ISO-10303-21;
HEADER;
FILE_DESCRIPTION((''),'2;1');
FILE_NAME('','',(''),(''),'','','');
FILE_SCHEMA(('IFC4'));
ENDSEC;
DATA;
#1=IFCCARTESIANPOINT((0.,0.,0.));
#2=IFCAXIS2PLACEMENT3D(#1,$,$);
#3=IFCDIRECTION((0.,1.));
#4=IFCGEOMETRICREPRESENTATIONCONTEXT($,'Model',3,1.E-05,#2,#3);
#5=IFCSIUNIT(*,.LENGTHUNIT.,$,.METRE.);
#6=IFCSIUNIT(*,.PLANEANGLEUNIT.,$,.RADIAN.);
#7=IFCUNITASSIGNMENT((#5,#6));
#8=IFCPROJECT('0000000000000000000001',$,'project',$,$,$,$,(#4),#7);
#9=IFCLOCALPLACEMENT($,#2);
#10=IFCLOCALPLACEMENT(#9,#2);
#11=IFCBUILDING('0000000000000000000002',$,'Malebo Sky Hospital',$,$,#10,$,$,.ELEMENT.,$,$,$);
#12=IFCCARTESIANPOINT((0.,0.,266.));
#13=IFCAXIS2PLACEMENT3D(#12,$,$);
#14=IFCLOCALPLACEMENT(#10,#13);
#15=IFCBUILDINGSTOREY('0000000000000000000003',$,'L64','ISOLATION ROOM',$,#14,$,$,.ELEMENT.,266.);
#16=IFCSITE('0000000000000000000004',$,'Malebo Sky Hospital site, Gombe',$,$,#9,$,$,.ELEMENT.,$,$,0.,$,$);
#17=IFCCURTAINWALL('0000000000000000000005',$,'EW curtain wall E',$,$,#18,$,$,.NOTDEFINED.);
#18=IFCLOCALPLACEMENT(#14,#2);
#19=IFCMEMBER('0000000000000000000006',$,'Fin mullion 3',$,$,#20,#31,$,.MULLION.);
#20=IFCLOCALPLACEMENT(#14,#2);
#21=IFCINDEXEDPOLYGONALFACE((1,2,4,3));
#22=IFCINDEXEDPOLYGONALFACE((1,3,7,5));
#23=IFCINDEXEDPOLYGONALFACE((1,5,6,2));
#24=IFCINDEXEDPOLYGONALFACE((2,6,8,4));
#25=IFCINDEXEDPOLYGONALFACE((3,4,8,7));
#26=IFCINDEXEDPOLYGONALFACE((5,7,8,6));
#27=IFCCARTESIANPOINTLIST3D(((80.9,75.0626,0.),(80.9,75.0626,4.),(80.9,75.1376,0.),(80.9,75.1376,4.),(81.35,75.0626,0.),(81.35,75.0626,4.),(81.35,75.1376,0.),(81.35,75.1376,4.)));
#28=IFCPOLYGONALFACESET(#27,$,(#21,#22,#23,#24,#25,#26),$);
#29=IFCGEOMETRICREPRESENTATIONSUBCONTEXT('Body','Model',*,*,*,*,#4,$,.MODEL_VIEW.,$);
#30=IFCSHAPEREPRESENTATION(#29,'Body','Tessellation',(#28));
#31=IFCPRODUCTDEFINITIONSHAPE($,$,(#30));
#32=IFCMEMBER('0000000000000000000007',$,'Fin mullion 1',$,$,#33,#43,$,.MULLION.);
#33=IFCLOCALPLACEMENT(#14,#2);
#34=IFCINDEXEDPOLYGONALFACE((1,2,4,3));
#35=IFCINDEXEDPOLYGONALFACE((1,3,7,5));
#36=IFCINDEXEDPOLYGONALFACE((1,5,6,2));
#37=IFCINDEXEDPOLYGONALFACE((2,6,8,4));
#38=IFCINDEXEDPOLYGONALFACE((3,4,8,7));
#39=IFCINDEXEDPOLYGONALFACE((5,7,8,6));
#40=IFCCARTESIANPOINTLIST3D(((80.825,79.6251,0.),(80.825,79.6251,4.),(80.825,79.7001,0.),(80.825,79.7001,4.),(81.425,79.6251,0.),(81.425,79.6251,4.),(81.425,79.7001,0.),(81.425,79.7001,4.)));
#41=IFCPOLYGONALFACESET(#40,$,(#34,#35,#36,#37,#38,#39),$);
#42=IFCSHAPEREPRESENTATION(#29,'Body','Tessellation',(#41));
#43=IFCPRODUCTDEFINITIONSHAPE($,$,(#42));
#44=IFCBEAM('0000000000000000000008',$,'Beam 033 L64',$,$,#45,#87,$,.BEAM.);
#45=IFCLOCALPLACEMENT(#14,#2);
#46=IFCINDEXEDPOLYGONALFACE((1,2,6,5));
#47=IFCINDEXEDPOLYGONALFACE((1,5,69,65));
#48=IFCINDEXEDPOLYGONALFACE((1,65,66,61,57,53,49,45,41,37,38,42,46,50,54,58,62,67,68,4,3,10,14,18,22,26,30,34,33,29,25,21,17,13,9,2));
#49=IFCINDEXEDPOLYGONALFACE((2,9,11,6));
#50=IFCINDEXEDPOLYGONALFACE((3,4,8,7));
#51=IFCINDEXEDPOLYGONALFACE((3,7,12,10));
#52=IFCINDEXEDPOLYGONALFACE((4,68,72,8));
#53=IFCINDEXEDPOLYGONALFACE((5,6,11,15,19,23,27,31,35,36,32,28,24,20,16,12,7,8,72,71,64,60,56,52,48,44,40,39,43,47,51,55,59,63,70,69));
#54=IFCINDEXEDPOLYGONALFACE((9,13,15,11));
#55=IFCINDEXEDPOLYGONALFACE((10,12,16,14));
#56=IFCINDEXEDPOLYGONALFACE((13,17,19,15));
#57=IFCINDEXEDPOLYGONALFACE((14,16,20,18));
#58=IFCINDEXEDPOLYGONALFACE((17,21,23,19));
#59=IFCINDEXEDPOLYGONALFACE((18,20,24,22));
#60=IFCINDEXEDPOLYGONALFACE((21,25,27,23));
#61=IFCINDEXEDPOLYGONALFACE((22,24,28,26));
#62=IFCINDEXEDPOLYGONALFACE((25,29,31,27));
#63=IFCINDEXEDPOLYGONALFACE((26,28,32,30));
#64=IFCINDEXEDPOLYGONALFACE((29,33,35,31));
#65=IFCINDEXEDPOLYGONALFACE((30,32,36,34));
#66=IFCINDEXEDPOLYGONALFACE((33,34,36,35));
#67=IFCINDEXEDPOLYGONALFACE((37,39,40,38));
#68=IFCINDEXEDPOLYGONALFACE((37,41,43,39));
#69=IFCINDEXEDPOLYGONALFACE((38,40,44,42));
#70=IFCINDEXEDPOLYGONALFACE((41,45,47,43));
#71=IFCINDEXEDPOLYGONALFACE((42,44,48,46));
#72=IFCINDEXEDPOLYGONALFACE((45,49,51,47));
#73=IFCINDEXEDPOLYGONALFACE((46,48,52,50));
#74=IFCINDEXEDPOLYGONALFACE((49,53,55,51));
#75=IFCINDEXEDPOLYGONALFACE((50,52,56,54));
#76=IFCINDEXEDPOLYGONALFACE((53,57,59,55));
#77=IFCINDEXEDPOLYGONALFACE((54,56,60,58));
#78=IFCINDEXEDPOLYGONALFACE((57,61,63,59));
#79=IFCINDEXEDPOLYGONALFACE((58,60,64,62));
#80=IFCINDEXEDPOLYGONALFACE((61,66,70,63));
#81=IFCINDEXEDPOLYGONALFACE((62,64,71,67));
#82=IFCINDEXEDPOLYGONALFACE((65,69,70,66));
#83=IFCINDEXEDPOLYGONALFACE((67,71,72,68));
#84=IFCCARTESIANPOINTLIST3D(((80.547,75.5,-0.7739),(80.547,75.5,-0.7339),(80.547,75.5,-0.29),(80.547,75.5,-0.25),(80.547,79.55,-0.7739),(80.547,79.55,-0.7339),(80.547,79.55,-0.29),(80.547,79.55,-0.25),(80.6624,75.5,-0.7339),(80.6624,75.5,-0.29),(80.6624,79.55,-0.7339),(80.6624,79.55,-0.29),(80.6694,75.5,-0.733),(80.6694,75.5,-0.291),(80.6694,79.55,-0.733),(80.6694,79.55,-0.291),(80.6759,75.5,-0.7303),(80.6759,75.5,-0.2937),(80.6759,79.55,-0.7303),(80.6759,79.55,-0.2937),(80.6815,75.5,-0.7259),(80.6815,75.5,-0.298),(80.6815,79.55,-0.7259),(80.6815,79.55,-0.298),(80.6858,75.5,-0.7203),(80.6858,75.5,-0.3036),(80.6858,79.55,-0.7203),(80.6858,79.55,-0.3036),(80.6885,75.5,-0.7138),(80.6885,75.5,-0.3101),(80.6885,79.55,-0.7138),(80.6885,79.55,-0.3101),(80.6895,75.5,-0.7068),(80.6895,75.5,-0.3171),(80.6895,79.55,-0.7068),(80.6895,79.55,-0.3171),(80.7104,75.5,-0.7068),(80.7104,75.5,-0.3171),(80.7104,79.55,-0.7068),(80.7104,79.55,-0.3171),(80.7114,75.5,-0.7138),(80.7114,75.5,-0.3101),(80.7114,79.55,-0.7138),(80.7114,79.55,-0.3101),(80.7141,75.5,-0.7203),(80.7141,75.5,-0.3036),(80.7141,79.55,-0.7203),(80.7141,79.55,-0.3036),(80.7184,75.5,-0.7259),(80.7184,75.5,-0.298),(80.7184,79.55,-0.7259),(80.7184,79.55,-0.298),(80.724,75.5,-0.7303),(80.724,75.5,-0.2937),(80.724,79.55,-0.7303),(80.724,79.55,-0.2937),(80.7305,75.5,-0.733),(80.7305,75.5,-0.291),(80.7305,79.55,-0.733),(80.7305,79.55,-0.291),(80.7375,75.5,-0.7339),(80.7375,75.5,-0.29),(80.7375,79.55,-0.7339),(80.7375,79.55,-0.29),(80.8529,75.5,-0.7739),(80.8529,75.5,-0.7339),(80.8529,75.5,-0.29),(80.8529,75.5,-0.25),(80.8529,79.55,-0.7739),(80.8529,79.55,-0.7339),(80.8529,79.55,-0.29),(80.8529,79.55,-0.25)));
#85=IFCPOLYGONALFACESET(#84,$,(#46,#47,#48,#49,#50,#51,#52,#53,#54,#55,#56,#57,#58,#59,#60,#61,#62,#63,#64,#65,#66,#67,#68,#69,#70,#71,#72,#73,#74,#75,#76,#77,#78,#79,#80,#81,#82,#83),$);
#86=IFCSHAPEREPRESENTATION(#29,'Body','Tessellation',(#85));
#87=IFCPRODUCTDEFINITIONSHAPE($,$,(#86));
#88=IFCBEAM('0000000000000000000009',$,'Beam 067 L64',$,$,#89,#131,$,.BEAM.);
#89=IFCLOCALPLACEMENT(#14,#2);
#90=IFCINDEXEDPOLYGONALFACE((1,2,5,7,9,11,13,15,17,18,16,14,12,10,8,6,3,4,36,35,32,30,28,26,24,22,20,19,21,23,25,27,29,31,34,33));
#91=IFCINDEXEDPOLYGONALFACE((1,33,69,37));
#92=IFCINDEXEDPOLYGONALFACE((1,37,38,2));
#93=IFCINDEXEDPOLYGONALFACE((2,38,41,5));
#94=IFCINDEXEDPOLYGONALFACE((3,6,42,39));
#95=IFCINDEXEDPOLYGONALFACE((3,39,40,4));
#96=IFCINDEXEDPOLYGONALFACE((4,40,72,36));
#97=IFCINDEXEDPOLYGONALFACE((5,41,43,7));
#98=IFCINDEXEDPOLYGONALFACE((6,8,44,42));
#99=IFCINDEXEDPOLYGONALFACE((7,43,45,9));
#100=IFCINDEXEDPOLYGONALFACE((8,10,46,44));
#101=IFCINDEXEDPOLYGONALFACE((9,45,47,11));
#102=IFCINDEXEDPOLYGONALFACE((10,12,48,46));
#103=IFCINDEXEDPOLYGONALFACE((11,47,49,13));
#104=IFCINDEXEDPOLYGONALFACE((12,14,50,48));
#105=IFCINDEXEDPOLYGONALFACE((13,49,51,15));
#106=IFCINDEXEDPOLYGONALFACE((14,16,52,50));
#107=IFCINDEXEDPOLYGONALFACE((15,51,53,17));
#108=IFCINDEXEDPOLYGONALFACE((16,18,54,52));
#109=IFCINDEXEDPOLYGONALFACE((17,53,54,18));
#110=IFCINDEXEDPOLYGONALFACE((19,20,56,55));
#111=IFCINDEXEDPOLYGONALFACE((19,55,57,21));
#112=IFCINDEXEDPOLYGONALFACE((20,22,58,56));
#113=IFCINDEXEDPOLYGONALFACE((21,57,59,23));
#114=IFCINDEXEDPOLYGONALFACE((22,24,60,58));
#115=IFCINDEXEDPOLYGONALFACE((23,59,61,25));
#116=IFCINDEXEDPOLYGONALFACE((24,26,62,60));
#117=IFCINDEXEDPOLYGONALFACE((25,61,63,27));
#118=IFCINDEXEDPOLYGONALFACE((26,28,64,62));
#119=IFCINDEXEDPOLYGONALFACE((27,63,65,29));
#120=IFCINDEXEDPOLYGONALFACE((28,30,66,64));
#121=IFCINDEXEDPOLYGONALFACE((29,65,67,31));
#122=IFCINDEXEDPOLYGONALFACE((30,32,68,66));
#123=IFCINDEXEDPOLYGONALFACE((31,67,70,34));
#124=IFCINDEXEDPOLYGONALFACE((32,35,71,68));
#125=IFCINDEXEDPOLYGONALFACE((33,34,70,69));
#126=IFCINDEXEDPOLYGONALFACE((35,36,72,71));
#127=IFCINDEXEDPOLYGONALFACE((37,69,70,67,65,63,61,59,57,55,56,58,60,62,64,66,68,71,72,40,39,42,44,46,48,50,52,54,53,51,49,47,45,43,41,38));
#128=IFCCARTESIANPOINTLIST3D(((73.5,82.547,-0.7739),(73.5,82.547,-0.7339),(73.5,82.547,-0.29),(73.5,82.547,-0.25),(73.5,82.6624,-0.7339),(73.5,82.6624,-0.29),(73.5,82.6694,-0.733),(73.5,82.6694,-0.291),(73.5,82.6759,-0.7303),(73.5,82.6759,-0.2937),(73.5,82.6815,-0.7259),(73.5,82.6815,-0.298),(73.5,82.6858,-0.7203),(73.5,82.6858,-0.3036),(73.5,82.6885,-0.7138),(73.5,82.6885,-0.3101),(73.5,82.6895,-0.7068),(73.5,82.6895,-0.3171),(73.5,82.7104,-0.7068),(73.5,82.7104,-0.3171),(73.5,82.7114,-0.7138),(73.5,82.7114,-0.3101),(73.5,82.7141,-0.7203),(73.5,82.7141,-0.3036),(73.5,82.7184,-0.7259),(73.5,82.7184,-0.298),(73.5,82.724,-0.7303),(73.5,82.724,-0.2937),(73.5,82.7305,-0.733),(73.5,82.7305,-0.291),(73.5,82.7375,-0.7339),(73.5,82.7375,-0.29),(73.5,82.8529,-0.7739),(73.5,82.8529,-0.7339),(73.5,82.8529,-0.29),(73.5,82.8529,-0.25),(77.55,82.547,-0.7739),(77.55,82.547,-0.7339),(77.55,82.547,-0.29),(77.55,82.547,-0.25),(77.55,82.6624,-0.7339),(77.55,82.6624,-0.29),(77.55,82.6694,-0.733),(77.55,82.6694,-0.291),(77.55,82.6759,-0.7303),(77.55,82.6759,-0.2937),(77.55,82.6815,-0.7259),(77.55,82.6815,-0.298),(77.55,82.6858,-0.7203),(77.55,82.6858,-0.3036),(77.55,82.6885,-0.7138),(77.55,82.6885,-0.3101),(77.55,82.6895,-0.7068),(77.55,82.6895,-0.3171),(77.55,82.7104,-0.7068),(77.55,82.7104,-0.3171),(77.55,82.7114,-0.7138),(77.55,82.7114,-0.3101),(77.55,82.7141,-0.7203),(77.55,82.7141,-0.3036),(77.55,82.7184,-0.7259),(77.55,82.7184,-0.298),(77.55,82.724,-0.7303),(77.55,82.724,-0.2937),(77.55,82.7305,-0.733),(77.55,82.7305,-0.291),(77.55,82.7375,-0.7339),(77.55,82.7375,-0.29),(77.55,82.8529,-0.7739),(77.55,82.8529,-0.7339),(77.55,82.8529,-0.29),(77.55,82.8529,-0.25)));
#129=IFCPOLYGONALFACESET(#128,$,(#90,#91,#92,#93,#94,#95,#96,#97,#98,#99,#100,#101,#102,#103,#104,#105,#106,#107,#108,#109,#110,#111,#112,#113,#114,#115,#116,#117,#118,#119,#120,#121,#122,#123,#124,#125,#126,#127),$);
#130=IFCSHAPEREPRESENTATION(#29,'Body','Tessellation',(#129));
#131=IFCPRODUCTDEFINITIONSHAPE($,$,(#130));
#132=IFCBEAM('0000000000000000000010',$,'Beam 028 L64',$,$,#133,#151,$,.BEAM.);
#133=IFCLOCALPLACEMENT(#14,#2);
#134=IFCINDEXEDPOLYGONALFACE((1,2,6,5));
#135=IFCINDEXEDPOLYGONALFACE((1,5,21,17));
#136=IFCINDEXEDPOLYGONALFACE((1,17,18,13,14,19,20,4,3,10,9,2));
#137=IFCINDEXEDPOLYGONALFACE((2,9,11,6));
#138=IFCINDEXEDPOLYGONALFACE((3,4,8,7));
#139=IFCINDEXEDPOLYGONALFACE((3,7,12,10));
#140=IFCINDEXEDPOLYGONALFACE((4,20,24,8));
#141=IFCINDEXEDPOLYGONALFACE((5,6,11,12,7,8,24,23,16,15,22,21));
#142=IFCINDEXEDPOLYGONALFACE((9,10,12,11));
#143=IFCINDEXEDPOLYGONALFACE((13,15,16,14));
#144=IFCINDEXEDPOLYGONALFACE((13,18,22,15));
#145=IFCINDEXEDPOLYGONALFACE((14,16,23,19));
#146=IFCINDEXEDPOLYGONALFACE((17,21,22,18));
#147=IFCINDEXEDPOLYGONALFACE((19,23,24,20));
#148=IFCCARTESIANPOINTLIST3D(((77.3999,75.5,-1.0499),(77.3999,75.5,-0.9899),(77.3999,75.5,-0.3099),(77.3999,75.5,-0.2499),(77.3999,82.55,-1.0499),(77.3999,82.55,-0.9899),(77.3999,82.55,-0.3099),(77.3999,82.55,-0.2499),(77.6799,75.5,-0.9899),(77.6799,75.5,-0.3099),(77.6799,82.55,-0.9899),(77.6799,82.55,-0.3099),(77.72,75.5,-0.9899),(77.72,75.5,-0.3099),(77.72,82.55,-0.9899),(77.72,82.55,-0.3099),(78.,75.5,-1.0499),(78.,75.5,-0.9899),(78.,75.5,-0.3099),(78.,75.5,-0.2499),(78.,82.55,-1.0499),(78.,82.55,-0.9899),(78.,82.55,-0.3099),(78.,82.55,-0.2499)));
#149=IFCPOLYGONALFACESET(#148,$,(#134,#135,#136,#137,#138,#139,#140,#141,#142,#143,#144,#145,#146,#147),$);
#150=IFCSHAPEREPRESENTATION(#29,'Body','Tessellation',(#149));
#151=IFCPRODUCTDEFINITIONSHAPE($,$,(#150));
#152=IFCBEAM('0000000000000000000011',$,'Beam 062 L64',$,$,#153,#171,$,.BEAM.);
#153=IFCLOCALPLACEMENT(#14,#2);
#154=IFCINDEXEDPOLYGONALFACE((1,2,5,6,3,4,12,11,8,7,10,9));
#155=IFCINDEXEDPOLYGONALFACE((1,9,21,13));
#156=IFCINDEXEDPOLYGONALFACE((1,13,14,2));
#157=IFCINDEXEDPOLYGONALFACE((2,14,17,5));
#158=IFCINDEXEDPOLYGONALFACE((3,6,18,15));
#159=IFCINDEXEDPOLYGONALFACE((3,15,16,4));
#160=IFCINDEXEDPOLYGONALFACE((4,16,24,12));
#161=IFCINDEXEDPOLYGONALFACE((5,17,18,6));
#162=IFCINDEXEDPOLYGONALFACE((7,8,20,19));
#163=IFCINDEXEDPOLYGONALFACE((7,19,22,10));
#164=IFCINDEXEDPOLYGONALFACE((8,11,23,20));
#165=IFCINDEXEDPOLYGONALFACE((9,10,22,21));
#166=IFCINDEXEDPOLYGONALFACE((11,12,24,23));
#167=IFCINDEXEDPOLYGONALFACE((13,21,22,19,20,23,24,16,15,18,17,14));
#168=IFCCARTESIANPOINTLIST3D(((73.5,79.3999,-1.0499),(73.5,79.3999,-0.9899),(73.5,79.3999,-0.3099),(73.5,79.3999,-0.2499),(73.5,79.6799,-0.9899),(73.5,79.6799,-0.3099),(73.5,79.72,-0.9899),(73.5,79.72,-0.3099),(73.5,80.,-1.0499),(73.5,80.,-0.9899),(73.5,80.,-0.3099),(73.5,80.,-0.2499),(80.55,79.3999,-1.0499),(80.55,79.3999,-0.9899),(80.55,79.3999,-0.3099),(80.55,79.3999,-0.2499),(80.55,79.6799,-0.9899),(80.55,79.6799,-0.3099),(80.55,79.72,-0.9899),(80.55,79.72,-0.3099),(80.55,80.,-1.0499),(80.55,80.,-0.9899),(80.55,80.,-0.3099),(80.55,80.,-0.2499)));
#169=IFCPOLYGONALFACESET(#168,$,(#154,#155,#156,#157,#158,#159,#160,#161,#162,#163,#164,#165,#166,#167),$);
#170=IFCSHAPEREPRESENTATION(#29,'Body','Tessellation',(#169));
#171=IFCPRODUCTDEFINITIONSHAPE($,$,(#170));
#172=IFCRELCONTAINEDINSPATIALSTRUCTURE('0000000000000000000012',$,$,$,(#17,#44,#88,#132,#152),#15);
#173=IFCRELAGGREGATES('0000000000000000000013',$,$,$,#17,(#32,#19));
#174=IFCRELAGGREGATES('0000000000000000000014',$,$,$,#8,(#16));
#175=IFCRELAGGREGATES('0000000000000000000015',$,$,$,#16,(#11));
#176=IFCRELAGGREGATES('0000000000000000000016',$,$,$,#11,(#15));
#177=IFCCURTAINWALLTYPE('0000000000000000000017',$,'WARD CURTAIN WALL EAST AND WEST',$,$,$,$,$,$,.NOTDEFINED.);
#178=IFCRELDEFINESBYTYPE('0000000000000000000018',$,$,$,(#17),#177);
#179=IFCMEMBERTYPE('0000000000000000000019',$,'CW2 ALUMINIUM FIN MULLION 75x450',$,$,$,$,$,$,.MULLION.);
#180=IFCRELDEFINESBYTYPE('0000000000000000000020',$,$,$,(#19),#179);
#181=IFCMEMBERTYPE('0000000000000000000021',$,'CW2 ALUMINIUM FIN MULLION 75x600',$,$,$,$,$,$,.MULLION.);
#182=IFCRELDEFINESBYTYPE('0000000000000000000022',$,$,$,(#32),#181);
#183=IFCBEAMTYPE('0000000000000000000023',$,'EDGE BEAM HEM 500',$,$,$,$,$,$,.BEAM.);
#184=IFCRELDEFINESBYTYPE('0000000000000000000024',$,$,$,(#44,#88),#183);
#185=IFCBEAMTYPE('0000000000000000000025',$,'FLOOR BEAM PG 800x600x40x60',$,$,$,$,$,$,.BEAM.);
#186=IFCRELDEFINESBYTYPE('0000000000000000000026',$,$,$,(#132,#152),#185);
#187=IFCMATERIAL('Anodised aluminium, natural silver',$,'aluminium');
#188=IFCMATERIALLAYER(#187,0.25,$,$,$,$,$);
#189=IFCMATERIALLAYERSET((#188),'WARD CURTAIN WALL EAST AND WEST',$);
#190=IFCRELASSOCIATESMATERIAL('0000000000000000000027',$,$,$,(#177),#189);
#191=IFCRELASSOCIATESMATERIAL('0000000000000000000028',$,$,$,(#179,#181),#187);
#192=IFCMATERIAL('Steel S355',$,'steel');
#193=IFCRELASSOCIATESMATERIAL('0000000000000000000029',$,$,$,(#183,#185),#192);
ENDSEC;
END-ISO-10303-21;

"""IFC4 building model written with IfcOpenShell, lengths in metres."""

from ifc_helpers import new_model, si_unit, direction, frame, origin, origin_2d, place, context, subcontext, project, spatial, rectangle, i_section, extrude, material, layer, layer_set, material_profile, profile_set, type_object, element, aggregate, save


model = new_model("IFC4")

# Units and contexts
model_context = context("Model", 3, precision=1e-05, world=origin(), true_north=direction((0.0, 1.0)))
body_context = subcontext(model_context, "Body", "Model", "MODEL_VIEW")
ifc_project = project(units=[si_unit("LENGTHUNIT", "METRE"), si_unit("PLANEANGLEUNIT", "RADIAN")], contexts=[model_context])

# Site, building, storey
site_placement = place(None, origin())
site = spatial("IfcSite", under=ifc_project, at=site_placement, Name="Malebo Sky Hospital site, Gombe", CompositionType="ELEMENT", RefElevation=0.0)
building_placement = place(site_placement, origin())
building = spatial("IfcBuilding", under=site, at=building_placement, Name="Malebo Sky Hospital", CompositionType="ELEMENT")
storey_placement = place(building_placement, frame((0.0, 0.0, 266.0)))
storey = spatial("IfcBuildingStorey", under=building, at=storey_placement, Name="L64", Description="ISOLATION ROOM", CompositionType="ELEMENT", Elevation=266.0)

# Shared definitions
ifc_material_1 = material(Name="Anodised aluminium, natural silver", Category="aluminium")

# Curtain wall
ifc_layer_1 = layer(ifc_material_1, 0.25)
ifc_layer_set_1 = layer_set([ifc_layer_1], Name="WARD CURTAIN WALL EAST AND WEST")
curtain_wall_type_1 = type_object("IfcCurtainWallType", Name="WARD CURTAIN WALL EAST AND WEST", PredefinedType="NOTDEFINED", material=ifc_layer_set_1)
curtain_wall_1_placement = place(storey_placement, origin())
curtain_wall_1 = element("IfcCurtainWall", 1, at=curtain_wall_1_placement, inside=storey, type_object=curtain_wall_type_1, Name="EW curtain wall E", PredefinedType="NOTDEFINED")

# Members
ifc_material_profile_1 = material_profile(ifc_material_1, rectangle(XDim=0.075, YDim=0.45, at=origin_2d()), Name="CW2 ALUMINIUM FIN MULLION 75x450")
ifc_profile_set_1 = profile_set([ifc_material_profile_1], Name="Anodised aluminium, natural silver")
member_type_1 = type_object("IfcMemberType", Name="CW2 ALUMINIUM FIN MULLION 75x450", PredefinedType="MULLION", material=ifc_profile_set_1)
member_1_placement = place(storey_placement, frame((81.125, 75.1001, 0.0), z_axis=(0.0, 0.0, 1.0), x_axis=(0.0, -1.0, 0.0)))
member_1 = element("IfcMember", 2, at=member_1_placement, type_object=member_type_1, Name="Fin mullion 3", PredefinedType="MULLION", context=body_context, shape_type="SweptSolid", body=[
    extrude(rectangle(XDim=0.075, YDim=0.45, at=origin_2d()), origin(), (0.0, 0.0, 1.0), 4.0),
])
ifc_material_profile_2 = material_profile(ifc_material_1, rectangle(XDim=0.075, YDim=0.6001, at=origin_2d()), Name="CW2 ALUMINIUM FIN MULLION 75x600")
ifc_profile_set_2 = profile_set([ifc_material_profile_2], Name="Anodised aluminium, natural silver")
member_type_2 = type_object("IfcMemberType", Name="CW2 ALUMINIUM FIN MULLION 75x600", PredefinedType="MULLION", material=ifc_profile_set_2)
member_2_placement = place(storey_placement, frame((81.125, 79.6626, 0.0), z_axis=(0.0, 0.0, 1.0), x_axis=(0.0, -1.0, 0.0)))
member_2 = element("IfcMember", 3, at=member_2_placement, type_object=member_type_2, Name="Fin mullion 1", PredefinedType="MULLION", context=body_context, shape_type="SweptSolid", body=[
    extrude(rectangle(XDim=0.075, YDim=0.6001, at=origin_2d()), origin(), (0.0, 0.0, 1.0), 4.0),
])

# Beams
ifc_material_2 = material(Name="Steel S355", Category="steel")
ifc_material_profile_3 = material_profile(ifc_material_2, i_section(OverallWidth=0.3059, OverallDepth=0.5239, WebThickness=0.021, FlangeThickness=0.04, FilletRadius=0.0271, at=origin_2d()), Name="HEM 500")
ifc_profile_set_3 = profile_set([ifc_material_profile_3], Name="Steel S355")
beam_type_1 = type_object("IfcBeamType", Name="EDGE BEAM HEM 500", PredefinedType="BEAM", material=ifc_profile_set_3)
for number, where, z_axis, x_axis, name in (
    (4, (80.7, 75.5, -0.512), (0.0, 1.0, 0.0), (-1.0, 0.0, 0.0), "Beam 033 L64"),
    (5, (73.5, 82.7, -0.512), (1.0, 0.0, 0.0), (0.0, 1.0, 0.0), "Beam 067 L64"),
):
    element("IfcBeam", number, at=place(storey_placement, frame(where, z_axis=z_axis, x_axis=x_axis)), inside=storey, type_object=beam_type_1, Name=name, PredefinedType="BEAM", context=body_context, shape_type="SweptSolid", body=[
        extrude(i_section(OverallWidth=0.3059, OverallDepth=0.5239, WebThickness=0.021, FlangeThickness=0.04, FilletRadius=0.0271, at=origin_2d()), origin(), (0.0, 0.0, 1.0), 4.05),
    ])
ifc_material_profile_4 = material_profile(ifc_material_2, i_section(OverallWidth=0.6001, OverallDepth=0.8, WebThickness=0.04, FlangeThickness=0.0601, at=origin_2d()), Name="PG 800x600x40x60")
ifc_profile_set_4 = profile_set([ifc_material_profile_4], Name="Steel S355")
beam_type_2 = type_object("IfcBeamType", Name="FLOOR BEAM PG 800x600x40x60", PredefinedType="BEAM", material=ifc_profile_set_4)
for number, where, z_axis, x_axis, name in (
    (6, (77.7, 75.5, -0.6499), (0.0, 1.0, 0.0), (-1.0, 0.0, 0.0), "Beam 028 L64"),
    (7, (73.5, 79.7, -0.6499), (1.0, 0.0, 0.0), (0.0, 1.0, 0.0), "Beam 062 L64"),
):
    element("IfcBeam", number, at=place(storey_placement, frame(where, z_axis=z_axis, x_axis=x_axis)), inside=storey, type_object=beam_type_2, Name=name, PredefinedType="BEAM", context=body_context, shape_type="SweptSolid", body=[
        extrude(i_section(OverallWidth=0.6001, OverallDepth=0.8, WebThickness=0.04, FlangeThickness=0.0601, at=origin_2d()), origin(), (0.0, 0.0, 1.0), 7.05),
    ])

aggregate(curtain_wall_1, [member_2, member_1])

save(model, "model.ifc")
